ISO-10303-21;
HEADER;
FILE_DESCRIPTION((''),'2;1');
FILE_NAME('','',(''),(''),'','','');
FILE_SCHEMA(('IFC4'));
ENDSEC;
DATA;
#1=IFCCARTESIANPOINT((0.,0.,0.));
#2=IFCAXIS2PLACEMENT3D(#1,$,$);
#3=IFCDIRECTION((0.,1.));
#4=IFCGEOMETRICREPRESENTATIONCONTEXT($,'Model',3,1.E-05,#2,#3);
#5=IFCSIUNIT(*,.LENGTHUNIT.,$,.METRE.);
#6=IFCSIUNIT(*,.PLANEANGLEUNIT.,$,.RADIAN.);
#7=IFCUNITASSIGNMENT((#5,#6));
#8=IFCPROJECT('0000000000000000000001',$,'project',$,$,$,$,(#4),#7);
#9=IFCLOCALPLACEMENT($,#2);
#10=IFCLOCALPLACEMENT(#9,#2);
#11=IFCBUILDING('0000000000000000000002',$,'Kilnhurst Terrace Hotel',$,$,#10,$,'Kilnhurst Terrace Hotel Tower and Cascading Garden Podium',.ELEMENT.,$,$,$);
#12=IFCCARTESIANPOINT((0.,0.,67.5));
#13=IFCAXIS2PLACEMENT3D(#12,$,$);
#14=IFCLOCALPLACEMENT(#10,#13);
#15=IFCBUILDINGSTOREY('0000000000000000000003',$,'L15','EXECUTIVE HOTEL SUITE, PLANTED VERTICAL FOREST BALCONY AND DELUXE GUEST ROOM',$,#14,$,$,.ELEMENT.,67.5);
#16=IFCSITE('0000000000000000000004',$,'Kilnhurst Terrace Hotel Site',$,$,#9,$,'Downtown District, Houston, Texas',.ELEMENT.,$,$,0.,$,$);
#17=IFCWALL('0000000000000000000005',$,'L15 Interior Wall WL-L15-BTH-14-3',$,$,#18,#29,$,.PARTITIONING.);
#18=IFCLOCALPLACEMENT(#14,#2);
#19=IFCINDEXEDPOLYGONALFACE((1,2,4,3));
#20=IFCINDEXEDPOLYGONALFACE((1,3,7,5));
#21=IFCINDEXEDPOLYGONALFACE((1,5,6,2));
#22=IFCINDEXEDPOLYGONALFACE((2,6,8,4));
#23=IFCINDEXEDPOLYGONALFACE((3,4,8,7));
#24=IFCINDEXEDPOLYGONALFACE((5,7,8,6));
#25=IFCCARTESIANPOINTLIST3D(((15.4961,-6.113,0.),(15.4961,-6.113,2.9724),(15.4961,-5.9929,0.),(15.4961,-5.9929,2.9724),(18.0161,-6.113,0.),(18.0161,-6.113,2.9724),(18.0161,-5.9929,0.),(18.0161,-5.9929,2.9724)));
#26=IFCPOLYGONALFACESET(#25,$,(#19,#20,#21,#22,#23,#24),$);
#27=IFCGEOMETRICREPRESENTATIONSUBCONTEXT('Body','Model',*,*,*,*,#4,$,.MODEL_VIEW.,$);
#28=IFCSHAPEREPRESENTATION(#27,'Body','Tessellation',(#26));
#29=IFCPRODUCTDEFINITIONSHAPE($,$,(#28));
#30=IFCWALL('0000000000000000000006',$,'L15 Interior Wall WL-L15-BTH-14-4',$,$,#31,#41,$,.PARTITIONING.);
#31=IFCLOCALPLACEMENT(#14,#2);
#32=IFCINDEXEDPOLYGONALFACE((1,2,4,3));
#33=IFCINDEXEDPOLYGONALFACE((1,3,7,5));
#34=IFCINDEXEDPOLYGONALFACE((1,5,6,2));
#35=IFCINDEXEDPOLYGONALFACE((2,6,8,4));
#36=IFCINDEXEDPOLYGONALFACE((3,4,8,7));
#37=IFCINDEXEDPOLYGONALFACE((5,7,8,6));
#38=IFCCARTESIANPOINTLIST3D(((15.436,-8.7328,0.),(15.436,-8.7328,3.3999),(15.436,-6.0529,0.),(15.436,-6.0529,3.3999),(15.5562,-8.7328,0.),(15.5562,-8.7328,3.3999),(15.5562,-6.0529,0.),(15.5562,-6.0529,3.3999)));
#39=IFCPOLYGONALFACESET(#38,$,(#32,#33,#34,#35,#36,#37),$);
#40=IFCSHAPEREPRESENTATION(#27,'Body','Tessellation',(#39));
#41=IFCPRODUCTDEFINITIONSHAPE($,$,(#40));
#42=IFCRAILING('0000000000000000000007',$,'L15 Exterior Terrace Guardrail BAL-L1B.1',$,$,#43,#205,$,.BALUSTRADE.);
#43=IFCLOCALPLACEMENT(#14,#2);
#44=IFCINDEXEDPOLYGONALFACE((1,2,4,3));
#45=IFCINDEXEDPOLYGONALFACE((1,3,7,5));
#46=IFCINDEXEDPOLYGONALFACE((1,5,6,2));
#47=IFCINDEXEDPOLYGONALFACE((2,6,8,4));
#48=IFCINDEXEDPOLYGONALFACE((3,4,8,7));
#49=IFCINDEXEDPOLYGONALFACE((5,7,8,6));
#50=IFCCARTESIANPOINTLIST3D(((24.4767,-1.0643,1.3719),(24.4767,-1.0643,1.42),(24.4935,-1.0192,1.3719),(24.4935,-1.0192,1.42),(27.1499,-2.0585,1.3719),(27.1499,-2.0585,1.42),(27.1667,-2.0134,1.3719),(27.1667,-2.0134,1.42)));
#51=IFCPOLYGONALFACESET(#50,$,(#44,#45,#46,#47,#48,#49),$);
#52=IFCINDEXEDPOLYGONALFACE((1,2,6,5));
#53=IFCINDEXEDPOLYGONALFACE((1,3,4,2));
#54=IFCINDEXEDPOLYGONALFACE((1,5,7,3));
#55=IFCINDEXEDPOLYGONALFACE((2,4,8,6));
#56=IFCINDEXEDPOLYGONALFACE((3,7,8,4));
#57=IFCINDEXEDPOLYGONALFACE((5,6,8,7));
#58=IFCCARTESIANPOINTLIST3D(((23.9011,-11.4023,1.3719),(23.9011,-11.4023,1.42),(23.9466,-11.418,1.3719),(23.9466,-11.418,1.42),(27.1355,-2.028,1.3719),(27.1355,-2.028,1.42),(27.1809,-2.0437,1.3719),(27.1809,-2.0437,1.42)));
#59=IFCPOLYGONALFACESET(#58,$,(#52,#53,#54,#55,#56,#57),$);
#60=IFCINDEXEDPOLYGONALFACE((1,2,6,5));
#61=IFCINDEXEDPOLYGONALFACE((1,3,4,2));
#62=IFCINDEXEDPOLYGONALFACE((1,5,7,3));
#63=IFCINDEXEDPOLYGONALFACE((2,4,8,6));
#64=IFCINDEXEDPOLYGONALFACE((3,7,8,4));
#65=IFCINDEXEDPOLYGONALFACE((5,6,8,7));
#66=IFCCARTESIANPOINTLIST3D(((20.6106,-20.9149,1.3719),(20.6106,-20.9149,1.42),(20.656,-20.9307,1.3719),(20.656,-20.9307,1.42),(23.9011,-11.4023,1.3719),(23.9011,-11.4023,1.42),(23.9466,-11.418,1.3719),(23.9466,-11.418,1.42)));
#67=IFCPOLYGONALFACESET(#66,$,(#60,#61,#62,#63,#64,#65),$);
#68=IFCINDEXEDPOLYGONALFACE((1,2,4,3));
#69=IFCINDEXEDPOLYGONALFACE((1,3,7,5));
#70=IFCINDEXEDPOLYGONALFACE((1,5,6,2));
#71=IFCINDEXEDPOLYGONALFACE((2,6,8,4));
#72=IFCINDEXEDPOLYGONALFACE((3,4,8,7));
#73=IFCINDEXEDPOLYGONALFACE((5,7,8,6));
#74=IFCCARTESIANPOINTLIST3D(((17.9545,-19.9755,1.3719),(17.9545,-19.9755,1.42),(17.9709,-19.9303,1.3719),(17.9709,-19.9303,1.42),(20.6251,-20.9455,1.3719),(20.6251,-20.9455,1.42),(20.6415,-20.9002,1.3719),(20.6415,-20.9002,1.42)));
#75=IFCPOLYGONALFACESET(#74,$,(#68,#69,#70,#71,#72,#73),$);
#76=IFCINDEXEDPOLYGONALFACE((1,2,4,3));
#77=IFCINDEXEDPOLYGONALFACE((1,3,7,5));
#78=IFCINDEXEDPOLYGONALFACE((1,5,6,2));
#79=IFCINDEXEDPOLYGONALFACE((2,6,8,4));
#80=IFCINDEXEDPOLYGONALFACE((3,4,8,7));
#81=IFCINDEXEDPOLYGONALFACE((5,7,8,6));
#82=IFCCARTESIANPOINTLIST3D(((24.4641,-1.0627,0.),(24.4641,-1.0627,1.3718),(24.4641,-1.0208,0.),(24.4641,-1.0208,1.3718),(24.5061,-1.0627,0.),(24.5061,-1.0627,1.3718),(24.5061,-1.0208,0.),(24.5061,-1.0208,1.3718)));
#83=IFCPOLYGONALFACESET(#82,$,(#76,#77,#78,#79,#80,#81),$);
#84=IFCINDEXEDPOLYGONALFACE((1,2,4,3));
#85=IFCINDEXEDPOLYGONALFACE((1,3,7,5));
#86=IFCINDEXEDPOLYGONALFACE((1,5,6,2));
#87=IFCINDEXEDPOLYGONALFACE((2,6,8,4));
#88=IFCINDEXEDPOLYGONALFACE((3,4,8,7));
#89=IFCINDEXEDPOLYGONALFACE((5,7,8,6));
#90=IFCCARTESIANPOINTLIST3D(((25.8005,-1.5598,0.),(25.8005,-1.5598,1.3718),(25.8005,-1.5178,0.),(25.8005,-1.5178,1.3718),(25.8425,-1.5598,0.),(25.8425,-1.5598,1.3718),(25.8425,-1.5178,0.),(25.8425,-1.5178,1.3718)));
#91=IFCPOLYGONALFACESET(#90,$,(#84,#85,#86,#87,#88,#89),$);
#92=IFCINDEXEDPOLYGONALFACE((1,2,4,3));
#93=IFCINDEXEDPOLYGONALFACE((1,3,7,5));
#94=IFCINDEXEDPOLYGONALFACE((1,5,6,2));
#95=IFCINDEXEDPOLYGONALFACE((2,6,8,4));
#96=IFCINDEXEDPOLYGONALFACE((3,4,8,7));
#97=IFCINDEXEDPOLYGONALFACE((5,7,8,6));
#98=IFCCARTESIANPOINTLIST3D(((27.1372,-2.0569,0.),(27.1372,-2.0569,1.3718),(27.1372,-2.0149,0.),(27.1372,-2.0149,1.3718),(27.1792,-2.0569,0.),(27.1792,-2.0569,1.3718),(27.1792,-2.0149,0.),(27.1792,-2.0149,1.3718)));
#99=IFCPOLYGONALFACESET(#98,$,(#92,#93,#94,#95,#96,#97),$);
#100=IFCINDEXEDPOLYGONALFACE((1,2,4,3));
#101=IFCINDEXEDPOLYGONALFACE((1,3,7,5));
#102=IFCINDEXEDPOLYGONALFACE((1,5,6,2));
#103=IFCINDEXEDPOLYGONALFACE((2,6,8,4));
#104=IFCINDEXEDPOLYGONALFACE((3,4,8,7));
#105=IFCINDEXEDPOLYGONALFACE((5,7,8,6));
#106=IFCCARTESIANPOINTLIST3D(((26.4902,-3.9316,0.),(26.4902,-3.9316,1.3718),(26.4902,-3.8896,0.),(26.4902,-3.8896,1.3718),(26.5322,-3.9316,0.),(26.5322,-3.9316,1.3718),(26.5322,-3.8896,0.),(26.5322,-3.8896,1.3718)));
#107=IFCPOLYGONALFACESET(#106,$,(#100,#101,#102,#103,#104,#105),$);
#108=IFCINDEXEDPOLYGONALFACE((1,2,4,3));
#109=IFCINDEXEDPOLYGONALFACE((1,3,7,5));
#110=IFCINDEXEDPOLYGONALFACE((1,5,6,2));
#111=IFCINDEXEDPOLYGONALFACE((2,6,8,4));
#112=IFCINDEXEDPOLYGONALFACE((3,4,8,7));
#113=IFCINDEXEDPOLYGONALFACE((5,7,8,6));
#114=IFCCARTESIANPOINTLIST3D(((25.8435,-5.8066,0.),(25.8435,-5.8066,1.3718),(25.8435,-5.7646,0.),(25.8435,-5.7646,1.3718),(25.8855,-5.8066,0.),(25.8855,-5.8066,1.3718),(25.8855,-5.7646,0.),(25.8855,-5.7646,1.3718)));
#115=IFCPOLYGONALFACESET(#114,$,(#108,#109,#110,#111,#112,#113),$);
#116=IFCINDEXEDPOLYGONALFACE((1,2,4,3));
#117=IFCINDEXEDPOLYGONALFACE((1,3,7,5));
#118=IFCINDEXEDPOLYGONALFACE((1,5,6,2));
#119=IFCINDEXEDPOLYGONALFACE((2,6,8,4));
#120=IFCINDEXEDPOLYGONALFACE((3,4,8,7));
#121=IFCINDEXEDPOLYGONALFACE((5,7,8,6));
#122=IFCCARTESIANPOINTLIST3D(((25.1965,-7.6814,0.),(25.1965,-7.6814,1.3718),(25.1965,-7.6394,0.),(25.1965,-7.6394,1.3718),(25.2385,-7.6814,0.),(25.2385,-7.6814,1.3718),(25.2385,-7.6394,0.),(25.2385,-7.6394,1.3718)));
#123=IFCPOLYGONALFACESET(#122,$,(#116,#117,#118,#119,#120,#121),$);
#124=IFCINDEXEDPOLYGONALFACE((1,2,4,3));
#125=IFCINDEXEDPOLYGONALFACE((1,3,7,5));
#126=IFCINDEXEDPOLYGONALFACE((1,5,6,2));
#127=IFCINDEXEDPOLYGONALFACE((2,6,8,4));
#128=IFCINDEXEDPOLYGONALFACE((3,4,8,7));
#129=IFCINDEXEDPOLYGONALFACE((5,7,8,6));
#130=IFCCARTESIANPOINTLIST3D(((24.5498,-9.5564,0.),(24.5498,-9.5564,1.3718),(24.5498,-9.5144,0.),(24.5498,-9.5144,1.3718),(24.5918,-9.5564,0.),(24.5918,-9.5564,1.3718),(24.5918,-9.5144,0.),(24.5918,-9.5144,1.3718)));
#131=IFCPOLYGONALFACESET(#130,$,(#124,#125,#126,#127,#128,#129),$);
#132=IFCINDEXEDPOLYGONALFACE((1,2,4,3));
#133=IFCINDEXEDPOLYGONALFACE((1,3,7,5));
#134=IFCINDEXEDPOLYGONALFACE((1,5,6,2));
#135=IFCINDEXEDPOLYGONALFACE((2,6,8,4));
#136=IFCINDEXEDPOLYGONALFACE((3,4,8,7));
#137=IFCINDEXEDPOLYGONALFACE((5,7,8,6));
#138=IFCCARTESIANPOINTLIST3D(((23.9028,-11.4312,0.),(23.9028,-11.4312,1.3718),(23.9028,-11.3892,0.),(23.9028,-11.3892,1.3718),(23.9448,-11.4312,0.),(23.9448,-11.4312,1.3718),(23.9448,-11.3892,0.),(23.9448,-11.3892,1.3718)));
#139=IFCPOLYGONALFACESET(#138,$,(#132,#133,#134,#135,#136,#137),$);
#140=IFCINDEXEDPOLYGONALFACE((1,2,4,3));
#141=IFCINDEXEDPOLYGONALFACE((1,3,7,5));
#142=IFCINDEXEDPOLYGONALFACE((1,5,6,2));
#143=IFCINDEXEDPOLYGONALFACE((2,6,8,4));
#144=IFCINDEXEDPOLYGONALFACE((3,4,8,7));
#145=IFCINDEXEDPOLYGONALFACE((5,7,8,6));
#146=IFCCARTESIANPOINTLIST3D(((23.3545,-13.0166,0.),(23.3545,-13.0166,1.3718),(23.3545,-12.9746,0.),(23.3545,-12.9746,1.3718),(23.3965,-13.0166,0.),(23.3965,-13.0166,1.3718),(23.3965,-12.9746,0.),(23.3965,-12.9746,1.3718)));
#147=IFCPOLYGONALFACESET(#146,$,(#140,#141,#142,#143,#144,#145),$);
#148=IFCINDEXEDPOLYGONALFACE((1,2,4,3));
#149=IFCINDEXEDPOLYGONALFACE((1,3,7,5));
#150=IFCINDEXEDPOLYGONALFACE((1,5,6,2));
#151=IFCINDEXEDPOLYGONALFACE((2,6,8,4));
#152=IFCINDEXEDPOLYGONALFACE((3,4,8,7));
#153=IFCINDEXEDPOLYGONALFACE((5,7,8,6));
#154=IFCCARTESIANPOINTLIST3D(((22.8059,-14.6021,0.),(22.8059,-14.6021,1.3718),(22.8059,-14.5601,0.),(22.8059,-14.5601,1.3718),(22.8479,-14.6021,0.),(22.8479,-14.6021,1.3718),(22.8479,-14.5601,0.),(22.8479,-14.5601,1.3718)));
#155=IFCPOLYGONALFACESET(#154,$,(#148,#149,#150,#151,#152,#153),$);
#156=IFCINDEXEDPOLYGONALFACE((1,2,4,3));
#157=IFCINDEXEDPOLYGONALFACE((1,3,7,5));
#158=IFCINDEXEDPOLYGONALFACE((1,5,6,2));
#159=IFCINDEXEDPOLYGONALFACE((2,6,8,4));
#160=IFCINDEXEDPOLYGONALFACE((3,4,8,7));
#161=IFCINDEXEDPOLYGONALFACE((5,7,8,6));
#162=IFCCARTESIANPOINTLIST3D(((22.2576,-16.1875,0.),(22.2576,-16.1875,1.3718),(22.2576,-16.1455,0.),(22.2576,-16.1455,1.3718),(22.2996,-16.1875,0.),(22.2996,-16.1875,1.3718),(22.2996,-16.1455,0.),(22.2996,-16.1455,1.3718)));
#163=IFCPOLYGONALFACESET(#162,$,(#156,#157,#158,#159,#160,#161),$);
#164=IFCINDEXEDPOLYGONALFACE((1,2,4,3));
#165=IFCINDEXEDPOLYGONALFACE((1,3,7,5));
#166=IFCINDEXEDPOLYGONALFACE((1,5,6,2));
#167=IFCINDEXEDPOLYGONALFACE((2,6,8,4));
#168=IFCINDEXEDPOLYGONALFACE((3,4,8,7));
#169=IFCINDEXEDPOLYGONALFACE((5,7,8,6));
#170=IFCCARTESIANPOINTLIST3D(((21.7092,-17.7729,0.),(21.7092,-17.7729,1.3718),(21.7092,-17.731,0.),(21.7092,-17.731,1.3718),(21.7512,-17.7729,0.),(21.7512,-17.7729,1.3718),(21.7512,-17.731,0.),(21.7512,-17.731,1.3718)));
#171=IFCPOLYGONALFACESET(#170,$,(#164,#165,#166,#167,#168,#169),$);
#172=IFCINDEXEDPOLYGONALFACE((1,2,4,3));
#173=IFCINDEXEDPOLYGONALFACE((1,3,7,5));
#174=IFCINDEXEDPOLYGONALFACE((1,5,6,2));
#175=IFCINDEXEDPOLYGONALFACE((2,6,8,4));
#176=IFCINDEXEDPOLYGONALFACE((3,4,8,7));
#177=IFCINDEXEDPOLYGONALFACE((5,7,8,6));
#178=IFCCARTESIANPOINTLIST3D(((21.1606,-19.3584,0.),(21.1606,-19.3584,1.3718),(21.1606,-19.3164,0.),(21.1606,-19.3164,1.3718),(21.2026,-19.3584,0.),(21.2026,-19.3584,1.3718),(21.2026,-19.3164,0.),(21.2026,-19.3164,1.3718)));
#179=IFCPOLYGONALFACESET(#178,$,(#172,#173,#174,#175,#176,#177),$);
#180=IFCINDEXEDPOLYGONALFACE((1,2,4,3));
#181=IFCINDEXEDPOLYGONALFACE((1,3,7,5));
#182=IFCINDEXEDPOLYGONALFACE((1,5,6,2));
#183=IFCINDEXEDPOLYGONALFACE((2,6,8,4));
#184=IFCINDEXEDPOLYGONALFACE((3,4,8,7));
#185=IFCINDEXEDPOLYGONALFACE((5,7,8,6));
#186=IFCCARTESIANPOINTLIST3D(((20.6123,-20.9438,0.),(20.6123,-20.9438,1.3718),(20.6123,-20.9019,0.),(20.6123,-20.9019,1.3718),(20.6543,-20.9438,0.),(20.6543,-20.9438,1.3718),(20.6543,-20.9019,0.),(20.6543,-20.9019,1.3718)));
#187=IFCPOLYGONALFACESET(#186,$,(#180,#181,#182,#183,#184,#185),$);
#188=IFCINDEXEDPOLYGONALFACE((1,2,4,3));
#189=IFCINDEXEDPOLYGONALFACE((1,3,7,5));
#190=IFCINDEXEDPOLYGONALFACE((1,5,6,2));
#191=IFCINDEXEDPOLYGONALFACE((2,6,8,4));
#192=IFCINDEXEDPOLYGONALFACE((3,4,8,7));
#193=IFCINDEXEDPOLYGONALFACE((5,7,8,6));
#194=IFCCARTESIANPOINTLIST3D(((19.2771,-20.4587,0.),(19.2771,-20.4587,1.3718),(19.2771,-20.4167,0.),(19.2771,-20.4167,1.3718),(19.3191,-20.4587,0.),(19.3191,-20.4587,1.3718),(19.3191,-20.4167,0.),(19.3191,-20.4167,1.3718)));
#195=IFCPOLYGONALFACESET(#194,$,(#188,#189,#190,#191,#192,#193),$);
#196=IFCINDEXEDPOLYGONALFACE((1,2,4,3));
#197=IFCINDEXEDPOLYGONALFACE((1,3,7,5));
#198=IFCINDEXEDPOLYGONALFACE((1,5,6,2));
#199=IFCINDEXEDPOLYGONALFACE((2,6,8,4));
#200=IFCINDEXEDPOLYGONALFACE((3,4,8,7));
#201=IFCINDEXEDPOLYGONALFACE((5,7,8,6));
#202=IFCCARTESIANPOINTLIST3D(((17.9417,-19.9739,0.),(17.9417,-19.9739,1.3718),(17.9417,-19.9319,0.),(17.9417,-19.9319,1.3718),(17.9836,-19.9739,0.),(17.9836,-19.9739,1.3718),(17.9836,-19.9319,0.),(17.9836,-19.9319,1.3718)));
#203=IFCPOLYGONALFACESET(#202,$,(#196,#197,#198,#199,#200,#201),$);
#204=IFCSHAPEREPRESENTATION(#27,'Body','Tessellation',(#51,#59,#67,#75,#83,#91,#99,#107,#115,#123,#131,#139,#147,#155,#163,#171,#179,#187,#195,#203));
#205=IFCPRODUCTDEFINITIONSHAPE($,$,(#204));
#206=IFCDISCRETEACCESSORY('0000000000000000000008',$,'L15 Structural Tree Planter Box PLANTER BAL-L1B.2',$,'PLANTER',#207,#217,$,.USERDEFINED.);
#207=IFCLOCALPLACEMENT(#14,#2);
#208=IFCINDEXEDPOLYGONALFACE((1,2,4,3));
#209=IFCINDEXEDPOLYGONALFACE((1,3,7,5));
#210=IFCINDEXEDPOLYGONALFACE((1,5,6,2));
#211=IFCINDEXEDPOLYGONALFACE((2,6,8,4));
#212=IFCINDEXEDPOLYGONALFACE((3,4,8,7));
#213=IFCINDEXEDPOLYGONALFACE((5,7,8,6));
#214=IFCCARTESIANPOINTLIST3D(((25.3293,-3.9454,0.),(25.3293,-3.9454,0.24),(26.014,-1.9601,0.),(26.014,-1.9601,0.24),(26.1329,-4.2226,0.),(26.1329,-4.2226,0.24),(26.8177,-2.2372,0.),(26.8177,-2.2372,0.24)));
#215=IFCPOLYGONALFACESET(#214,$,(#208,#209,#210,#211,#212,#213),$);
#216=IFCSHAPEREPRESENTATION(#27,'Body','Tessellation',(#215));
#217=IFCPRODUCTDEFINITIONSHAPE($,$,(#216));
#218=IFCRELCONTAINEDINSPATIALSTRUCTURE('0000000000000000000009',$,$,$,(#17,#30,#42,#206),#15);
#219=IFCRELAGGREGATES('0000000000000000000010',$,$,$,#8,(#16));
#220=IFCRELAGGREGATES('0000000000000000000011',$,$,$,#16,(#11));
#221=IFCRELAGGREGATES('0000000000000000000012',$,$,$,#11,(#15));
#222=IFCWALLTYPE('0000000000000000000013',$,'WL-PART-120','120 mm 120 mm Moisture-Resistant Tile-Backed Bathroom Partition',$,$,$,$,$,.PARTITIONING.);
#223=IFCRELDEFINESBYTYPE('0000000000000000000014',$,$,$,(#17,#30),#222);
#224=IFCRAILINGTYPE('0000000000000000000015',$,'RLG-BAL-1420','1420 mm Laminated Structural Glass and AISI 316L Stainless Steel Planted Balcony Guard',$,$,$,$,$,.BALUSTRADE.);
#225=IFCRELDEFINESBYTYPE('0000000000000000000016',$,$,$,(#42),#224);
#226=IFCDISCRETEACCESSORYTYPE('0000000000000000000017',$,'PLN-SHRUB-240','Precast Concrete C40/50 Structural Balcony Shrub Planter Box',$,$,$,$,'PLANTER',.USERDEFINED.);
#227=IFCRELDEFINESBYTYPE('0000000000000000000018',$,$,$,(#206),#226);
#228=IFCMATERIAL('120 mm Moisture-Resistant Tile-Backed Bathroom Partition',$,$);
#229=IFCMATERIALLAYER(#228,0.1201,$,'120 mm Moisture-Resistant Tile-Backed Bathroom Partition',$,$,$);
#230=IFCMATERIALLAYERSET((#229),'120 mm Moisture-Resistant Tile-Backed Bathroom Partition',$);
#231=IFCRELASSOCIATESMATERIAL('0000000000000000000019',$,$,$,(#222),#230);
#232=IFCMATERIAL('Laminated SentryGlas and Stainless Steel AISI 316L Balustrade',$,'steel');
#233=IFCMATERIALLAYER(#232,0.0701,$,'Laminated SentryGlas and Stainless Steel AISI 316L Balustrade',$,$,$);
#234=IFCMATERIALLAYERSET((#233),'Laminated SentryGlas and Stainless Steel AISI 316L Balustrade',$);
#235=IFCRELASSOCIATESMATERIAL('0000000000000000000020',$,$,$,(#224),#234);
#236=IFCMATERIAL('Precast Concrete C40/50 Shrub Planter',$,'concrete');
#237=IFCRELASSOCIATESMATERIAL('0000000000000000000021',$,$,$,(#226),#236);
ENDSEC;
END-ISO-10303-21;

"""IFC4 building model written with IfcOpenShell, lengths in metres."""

from ifc_helpers import new_model, si_unit, direction, frame, frame_2d, origin, origin_2d, place, context, subcontext, project, spatial, rectangle, extrude, material, layer, layer_set, type_object, element, save


model = new_model("IFC4")

# Units and contexts
model_context = context("Model", 3, precision=1e-05, world=origin(), true_north=direction((0.0, 1.0)))
body_context = subcontext(model_context, "Body", "Model", "MODEL_VIEW")
ifc_project = project(units=[si_unit("LENGTHUNIT", "METRE"), si_unit("PLANEANGLEUNIT", "RADIAN")], contexts=[model_context])

# Site, building, storey
site_placement = place(None, origin())
site = spatial("IfcSite", under=ifc_project, at=site_placement, Name="Kilnhurst Terrace Hotel Site", LongName="Downtown District, Houston, Texas", CompositionType="ELEMENT", RefElevation=0.0)
building_placement = place(site_placement, origin())
building = spatial("IfcBuilding", under=site, at=building_placement, Name="Kilnhurst Terrace Hotel", LongName="Kilnhurst Terrace Hotel Tower and Cascading Garden Podium", CompositionType="ELEMENT")
storey_placement = place(building_placement, frame((0.0, 0.0, 67.5)))
storey = spatial("IfcBuildingStorey", under=building, at=storey_placement, Name="L15", Description="EXECUTIVE HOTEL SUITE, PLANTED VERTICAL FOREST BALCONY AND DELUXE GUEST ROOM", CompositionType="ELEMENT", Elevation=67.5)

# Walls
ifc_material_1 = material(Name="120 mm Moisture-Resistant Tile-Backed Bathroom Partition")
ifc_layer_1 = layer(ifc_material_1, 0.1201, Name="120 mm Moisture-Resistant Tile-Backed Bathroom Partition")
ifc_layer_set_1 = layer_set([ifc_layer_1], Name="120 mm Moisture-Resistant Tile-Backed Bathroom Partition")
wall_type_1 = type_object("IfcWallType", Name="WL-PART-120", Description="120 mm 120 mm Moisture-Resistant Tile-Backed Bathroom Partition", PredefinedType="PARTITIONING", material=ifc_layer_set_1)
wall_1_placement = place(storey_placement, frame((18.0161, -6.053, 0.0), z_axis=(0.0, 0.0, 1.0), x_axis=(-1.0, 0.0, 0.0)))
element("IfcWall", 1, at=wall_1_placement, inside=storey, type_object=wall_type_1, Name="L15 Interior Wall WL-L15-BTH-14-3", PredefinedType="PARTITIONING", context=body_context, shape_type="SweptSolid", body=[
    extrude(rectangle(XDim=2.52, YDim=0.1201, at=frame_2d((1.26, 0.0))), origin(), (0.0, 0.0, 1.0), 2.9724),
])
wall_2_placement = place(storey_placement, frame((15.4961, -6.053, 0.0), z_axis=(0.0, 0.0, 1.0), x_axis=(0.0, -1.0, 0.0)))
element("IfcWall", 2, at=wall_2_placement, inside=storey, type_object=wall_type_1, Name="L15 Interior Wall WL-L15-BTH-14-4", PredefinedType="PARTITIONING", context=body_context, shape_type="SweptSolid", body=[
    extrude(rectangle(XDim=2.6799, YDim=0.1201, at=frame_2d((1.3398, 0.0))), origin(), (0.0, 0.0, 1.0), 3.3999),
])

# Railing
ifc_material_2 = material(Name="Laminated SentryGlas and Stainless Steel AISI 316L Balustrade", Category="steel")
ifc_layer_2 = layer(ifc_material_2, 0.0701, Name="Laminated SentryGlas and Stainless Steel AISI 316L Balustrade")
ifc_layer_set_2 = layer_set([ifc_layer_2], Name="Laminated SentryGlas and Stainless Steel AISI 316L Balustrade")
railing_type = type_object("IfcRailingType", Name="RLG-BAL-1420", Description="1420 mm Laminated Structural Glass and AISI 316L Stainless Steel Planted Balcony Guard", PredefinedType="BALUSTRADE", material=ifc_layer_set_2)
railing_placement = place(storey_placement, frame((24.4851, -1.0417, 0.0)))
element("IfcRailing", 3, at=railing_placement, inside=storey, type_object=railing_type, Name="L15 Exterior Terrace Guardrail BAL-L1B.1", PredefinedType="BALUSTRADE", context=body_context, shape_type="SweptSolid", body=[
    extrude(rectangle(XDim=0.0481, YDim=0.0481, at=origin_2d()), frame((0.0, 0.0, 1.396), z_axis=(0.937279, -0.34858, 0.0), x_axis=(0.34858, 0.937279, 0.0)), (0.0, 0.0, 1.0), 2.8521),
    extrude(rectangle(XDim=0.0481, YDim=0.0481, at=origin_2d()), frame((2.6731, -0.9941, 1.396), z_axis=(-0.326159, -0.945315, 0.0), x_axis=(0.945315, -0.326159, 0.0)), (0.0, 0.0, 1.0), 9.9165),
    extrude(rectangle(XDim=0.0481, YDim=0.0481, at=origin_2d()), frame((-0.5613, -10.3684, 1.396), z_axis=(-0.326904, -0.945058, 0.0), x_axis=(0.945058, -0.326904, 0.0)), (0.0, 0.0, 1.0), 10.0657),
    extrude(rectangle(XDim=0.0481, YDim=0.0481, at=origin_2d()), frame((-3.8518, -19.8811, 1.396), z_axis=(-0.939926, 0.341377, 0.0), x_axis=(-0.341377, -0.939926, 0.0)), (0.0, 0.0, 1.0), 2.8413),
    extrude(rectangle(XDim=0.042, YDim=0.042, at=origin_2d()), origin(), (0.0, 0.0, 1.0), 1.3718),
    extrude(rectangle(XDim=0.042, YDim=0.042, at=origin_2d()), frame((1.3364, -0.4971, 0.0)), (0.0, 0.0, 1.0), 1.3718),
    extrude(rectangle(XDim=0.042, YDim=0.042, at=origin_2d()), frame((2.6731, -0.9941, 0.0)), (0.0, 0.0, 1.0), 1.3718),
    extrude(rectangle(XDim=0.042, YDim=0.042, at=origin_2d()), frame((2.0261, -2.8689, 0.0)), (0.0, 0.0, 1.0), 1.3718),
    extrude(rectangle(XDim=0.042, YDim=0.042, at=origin_2d()), frame((1.3794, -4.7439, 0.0)), (0.0, 0.0, 1.0), 1.3718),
    extrude(rectangle(XDim=0.042, YDim=0.042, at=origin_2d()), frame((0.7324, -6.6187, 0.0)), (0.0, 0.0, 1.0), 1.3718),
    extrude(rectangle(XDim=0.042, YDim=0.042, at=origin_2d()), frame((0.0857, -8.4937, 0.0)), (0.0, 0.0, 1.0), 1.3718),
    extrude(rectangle(XDim=0.042, YDim=0.042, at=origin_2d()), frame((-0.5613, -10.3684, 0.0)), (0.0, 0.0, 1.0), 1.3718),
    extrude(rectangle(XDim=0.042, YDim=0.042, at=origin_2d()), frame((-1.1096, -11.9539, 0.0)), (0.0, 0.0, 1.0), 1.3718),
    extrude(rectangle(XDim=0.042, YDim=0.042, at=origin_2d()), frame((-1.6582, -13.5393, 0.0)), (0.0, 0.0, 1.0), 1.3718),
    extrude(rectangle(XDim=0.042, YDim=0.042, at=origin_2d()), frame((-2.2065, -15.1248, 0.0)), (0.0, 0.0, 1.0), 1.3718),
    extrude(rectangle(XDim=0.042, YDim=0.042, at=origin_2d()), frame((-2.7549, -16.7102, 0.0)), (0.0, 0.0, 1.0), 1.3718),
    extrude(rectangle(XDim=0.042, YDim=0.042, at=origin_2d()), frame((-3.3035, -18.2957, 0.0)), (0.0, 0.0, 1.0), 1.3718),
    extrude(rectangle(XDim=0.042, YDim=0.042, at=origin_2d()), frame((-3.8518, -19.8811, 0.0)), (0.0, 0.0, 1.0), 1.3718),
    extrude(rectangle(XDim=0.042, YDim=0.042, at=origin_2d()), frame((-5.187, -19.396, 0.0)), (0.0, 0.0, 1.0), 1.3718),
    extrude(rectangle(XDim=0.042, YDim=0.042, at=origin_2d()), frame((-6.5225, -18.9111, 0.0)), (0.0, 0.0, 1.0), 1.3718),
])

# Discrete accessory
ifc_material_3 = material(Name="Precast Concrete C40/50 Shrub Planter", Category="concrete")
discrete_accessory_type = type_object("IfcDiscreteAccessoryType", Name="PLN-SHRUB-240", Description="Precast Concrete C40/50 Structural Balcony Shrub Planter Box", ElementType="PLANTER", PredefinedType="USERDEFINED", material=ifc_material_3)
discrete_accessory_placement = place(storey_placement, frame((26.0735, -3.0913, 0.0), z_axis=(0.0, 0.0, 1.0), x_axis=(0.326063, 0.945348, 0.0)))
element("IfcDiscreteAccessory", 4, at=discrete_accessory_placement, inside=storey, type_object=discrete_accessory_type, Name="L15 Structural Tree Planter Box PLANTER BAL-L1B.2", ObjectType="PLANTER", PredefinedType="USERDEFINED", context=body_context, shape_type="SweptSolid", body=[
    extrude(rectangle(XDim=2.1001, YDim=0.8501, at=origin_2d()), origin(), (0.0, 0.0, 1.0), 0.24),
])

save(model, "model.ifc")
